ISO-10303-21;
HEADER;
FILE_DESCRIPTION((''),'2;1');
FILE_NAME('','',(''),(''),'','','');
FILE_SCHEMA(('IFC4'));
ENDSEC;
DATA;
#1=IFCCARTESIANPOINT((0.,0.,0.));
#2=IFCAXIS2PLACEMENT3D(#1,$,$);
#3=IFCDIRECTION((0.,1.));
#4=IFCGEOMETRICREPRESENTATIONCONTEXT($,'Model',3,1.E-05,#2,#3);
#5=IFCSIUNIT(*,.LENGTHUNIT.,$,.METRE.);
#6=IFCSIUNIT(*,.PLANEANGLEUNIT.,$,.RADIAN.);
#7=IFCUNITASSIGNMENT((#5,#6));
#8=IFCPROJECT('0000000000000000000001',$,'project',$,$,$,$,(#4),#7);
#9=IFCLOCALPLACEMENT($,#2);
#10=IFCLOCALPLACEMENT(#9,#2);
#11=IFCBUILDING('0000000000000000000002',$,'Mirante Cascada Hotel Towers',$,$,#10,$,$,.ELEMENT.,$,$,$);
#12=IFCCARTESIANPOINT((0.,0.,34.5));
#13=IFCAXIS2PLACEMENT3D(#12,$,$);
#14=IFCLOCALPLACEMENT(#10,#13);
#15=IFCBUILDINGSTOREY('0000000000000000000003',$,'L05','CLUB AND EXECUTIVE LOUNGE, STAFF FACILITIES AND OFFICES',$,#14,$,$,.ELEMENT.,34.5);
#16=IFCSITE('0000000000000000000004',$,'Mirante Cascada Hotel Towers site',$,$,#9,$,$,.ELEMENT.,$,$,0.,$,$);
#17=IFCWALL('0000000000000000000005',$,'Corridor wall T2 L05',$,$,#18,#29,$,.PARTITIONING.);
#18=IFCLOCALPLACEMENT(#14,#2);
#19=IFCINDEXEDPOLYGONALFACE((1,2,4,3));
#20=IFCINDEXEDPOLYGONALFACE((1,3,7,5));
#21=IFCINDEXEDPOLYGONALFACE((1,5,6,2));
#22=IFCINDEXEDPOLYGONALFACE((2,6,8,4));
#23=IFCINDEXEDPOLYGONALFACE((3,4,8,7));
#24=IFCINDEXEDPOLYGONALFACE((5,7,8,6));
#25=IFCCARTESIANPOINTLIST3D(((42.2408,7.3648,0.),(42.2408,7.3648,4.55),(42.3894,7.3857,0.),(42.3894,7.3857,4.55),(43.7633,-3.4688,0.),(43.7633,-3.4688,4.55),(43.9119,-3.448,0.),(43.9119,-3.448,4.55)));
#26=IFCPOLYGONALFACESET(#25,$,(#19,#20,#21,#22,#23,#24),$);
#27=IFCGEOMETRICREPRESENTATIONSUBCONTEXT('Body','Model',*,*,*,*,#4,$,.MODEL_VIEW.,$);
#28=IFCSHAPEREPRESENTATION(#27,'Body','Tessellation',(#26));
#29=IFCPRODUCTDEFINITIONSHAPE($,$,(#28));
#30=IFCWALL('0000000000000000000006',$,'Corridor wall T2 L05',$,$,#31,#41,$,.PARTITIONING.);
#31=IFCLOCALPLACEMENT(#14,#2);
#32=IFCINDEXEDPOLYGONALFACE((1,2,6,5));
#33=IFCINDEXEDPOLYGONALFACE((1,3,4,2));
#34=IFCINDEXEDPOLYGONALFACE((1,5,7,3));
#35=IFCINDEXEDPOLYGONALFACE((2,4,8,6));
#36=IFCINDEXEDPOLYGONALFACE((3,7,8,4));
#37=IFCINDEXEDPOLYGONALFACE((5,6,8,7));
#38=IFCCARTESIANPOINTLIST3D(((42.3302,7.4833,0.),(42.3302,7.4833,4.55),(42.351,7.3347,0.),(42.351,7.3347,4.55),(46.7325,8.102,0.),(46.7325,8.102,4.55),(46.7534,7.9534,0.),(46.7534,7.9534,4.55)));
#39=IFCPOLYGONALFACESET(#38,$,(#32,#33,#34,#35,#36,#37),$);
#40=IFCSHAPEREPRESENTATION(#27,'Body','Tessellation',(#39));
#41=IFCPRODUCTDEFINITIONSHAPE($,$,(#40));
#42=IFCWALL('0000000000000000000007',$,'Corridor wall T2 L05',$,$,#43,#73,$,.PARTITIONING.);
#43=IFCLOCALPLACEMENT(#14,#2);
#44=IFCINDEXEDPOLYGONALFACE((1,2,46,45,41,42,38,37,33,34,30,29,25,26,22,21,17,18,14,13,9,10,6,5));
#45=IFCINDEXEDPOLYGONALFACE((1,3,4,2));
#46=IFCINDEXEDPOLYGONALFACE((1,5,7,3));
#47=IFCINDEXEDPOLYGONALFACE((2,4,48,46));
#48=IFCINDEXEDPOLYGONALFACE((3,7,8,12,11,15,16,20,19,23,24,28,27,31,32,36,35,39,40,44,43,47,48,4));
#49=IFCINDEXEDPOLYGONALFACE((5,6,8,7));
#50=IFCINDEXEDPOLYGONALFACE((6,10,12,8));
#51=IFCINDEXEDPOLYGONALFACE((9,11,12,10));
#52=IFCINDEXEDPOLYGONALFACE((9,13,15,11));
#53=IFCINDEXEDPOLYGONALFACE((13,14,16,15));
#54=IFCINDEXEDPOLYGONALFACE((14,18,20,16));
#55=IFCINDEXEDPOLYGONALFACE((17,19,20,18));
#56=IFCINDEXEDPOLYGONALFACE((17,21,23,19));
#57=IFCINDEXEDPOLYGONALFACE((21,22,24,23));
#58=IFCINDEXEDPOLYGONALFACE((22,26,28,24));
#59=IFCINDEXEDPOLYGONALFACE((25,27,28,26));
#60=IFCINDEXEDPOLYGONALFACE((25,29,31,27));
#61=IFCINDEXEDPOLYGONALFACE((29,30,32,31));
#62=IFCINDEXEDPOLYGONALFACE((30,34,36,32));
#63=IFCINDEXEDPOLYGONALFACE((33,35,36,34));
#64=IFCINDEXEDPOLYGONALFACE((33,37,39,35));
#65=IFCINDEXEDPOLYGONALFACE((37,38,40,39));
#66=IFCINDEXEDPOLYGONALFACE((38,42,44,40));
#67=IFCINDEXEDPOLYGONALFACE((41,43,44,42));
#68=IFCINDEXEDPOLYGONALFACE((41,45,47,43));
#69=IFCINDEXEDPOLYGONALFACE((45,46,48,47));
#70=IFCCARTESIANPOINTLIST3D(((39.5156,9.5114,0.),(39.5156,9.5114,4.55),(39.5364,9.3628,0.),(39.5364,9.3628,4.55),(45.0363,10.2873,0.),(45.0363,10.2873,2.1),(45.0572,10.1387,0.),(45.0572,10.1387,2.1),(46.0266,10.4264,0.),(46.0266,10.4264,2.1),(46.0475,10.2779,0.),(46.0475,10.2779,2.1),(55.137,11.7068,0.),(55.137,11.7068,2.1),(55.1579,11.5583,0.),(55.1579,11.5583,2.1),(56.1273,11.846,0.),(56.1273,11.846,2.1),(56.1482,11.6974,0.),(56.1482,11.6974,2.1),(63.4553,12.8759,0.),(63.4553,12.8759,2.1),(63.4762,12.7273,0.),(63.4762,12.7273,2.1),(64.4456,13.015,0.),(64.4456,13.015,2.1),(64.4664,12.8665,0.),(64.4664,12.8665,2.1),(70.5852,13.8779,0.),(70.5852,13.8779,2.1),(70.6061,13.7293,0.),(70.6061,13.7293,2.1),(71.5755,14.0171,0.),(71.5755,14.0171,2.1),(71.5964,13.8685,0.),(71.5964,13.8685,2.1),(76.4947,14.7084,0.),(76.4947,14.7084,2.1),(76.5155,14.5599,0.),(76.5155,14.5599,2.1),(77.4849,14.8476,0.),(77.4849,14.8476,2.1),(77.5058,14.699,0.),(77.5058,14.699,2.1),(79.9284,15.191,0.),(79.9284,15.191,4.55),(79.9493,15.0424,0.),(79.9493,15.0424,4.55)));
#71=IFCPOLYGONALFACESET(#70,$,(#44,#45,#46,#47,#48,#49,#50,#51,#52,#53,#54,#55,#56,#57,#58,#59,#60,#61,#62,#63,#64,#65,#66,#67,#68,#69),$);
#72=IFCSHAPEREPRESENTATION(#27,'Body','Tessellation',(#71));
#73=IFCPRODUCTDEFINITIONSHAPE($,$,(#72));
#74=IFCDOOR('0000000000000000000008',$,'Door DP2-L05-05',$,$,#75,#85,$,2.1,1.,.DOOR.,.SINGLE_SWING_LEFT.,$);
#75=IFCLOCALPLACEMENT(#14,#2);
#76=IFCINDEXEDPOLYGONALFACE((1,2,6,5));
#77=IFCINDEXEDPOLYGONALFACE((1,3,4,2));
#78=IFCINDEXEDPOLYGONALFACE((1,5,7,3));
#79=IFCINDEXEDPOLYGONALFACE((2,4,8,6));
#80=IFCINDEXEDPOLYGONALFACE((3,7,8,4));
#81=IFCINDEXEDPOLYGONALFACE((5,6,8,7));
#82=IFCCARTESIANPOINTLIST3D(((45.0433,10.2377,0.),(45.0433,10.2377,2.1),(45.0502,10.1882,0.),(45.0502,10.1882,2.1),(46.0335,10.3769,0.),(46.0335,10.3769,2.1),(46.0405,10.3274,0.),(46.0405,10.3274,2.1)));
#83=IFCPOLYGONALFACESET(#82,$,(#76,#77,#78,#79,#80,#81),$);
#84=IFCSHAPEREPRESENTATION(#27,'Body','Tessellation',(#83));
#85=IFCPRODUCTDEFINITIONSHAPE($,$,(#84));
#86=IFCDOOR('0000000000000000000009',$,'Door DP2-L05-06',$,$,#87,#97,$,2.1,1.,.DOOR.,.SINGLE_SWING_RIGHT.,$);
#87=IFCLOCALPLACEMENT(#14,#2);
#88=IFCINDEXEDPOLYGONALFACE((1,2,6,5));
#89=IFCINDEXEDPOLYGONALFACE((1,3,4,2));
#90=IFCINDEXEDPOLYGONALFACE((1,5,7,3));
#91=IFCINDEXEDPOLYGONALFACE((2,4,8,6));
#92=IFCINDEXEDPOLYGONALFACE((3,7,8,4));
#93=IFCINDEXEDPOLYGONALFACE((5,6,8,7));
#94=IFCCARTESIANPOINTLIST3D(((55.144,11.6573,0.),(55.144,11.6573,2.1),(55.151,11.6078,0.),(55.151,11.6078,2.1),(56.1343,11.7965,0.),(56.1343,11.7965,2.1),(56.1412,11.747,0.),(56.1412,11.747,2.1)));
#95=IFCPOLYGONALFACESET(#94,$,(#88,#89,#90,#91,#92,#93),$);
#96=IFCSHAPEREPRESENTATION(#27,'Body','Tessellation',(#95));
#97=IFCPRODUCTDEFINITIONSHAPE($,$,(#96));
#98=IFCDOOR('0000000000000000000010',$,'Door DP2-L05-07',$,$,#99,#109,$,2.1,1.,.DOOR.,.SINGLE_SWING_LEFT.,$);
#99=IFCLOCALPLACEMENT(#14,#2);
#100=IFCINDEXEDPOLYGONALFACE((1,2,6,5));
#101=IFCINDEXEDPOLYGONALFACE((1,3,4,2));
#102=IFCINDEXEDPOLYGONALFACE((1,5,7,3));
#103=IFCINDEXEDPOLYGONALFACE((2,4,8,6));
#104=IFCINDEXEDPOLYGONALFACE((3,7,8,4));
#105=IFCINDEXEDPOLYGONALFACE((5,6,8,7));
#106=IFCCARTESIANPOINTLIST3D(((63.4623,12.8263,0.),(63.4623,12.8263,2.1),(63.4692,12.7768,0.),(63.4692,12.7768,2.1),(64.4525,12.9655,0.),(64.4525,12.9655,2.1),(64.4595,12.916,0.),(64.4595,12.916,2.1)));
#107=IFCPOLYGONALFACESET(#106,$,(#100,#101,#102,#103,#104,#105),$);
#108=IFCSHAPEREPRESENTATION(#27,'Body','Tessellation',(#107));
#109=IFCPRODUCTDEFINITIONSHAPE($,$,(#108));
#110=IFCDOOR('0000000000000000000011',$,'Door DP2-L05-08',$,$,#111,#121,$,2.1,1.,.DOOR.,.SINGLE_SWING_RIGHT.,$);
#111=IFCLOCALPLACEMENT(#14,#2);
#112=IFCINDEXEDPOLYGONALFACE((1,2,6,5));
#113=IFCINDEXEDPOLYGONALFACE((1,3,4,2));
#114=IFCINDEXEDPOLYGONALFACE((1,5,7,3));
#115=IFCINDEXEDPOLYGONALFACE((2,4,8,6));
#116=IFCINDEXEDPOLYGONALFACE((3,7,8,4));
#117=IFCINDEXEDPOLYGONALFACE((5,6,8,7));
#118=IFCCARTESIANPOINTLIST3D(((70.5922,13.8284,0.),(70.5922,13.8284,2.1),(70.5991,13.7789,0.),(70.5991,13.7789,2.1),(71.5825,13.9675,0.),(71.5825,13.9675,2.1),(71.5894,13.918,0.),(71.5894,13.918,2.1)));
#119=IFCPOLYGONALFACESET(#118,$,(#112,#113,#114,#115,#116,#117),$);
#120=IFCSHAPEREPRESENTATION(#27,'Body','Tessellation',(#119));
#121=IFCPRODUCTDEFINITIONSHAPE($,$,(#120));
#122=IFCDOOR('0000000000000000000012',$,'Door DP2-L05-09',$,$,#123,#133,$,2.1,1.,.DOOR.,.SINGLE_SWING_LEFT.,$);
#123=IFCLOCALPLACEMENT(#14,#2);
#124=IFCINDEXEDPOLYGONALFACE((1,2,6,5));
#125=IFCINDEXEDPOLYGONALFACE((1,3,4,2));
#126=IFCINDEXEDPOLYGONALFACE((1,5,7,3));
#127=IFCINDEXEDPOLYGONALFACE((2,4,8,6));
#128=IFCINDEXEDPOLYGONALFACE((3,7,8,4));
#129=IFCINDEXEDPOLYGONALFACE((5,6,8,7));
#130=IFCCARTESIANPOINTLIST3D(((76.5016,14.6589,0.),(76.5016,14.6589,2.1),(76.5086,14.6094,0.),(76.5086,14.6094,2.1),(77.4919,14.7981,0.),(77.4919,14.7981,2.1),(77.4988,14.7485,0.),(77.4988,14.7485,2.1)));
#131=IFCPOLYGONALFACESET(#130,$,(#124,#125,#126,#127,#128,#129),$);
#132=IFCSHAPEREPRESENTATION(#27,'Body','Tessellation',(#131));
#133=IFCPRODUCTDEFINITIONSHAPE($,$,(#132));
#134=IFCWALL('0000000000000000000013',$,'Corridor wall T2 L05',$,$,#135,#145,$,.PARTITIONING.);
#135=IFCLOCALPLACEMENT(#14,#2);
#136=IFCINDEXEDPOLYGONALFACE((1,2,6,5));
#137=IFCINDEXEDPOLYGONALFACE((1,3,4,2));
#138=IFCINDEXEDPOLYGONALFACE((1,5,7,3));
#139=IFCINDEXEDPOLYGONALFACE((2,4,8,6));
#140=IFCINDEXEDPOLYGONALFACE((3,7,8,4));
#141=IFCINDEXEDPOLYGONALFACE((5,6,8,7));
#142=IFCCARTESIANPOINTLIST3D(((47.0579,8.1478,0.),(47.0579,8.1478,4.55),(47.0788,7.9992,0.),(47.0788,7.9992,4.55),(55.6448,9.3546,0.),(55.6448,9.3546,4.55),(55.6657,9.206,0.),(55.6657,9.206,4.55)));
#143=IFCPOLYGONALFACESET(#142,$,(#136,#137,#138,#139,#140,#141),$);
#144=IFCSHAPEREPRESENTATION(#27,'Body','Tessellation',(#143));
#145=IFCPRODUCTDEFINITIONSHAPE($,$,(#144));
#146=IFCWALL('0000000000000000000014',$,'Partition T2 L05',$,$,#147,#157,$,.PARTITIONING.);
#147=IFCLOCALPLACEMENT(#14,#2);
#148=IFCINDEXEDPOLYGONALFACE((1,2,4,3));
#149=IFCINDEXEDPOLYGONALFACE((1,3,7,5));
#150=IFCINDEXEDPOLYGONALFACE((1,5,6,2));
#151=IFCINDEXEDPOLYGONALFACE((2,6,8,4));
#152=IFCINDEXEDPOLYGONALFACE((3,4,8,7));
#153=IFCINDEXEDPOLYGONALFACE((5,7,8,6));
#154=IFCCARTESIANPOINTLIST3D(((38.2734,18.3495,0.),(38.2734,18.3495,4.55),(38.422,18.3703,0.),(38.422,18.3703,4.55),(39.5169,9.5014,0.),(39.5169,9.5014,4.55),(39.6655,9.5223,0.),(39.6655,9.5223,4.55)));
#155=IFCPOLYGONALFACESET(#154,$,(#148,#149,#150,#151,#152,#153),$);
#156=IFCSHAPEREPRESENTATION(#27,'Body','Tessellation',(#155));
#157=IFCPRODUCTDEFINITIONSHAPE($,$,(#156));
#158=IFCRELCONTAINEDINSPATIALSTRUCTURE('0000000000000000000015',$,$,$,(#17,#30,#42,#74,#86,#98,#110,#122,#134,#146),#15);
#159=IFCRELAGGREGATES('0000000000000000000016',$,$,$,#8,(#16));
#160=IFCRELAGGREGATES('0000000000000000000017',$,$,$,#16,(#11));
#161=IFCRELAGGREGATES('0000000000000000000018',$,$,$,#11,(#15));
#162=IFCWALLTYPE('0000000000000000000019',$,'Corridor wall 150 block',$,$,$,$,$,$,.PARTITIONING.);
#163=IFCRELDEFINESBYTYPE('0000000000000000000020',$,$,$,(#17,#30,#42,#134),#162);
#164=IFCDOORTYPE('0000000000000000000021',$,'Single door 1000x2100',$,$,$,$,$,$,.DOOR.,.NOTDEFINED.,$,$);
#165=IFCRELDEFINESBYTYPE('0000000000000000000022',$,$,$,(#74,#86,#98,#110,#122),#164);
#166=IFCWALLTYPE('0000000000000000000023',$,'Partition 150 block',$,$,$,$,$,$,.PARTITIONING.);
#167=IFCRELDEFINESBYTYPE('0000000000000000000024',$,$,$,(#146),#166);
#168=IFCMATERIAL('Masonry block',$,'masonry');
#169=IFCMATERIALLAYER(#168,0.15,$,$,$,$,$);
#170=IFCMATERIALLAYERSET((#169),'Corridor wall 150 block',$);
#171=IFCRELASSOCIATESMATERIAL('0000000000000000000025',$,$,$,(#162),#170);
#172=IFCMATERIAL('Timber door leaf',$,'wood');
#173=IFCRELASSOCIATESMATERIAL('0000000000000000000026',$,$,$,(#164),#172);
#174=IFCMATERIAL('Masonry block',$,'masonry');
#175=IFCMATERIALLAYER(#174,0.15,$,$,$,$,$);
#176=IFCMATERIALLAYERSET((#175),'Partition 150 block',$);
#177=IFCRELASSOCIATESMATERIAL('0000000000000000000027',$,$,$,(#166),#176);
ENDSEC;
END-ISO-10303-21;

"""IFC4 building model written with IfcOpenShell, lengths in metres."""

from ifc_helpers import new_model, si_unit, direction, frame, frame_2d, origin, place, context, subcontext, project, spatial, rectangle, extrude, material, layer, layer_set, type_object, element, fill, save


model = new_model("IFC4")

# Units and contexts
model_context = context("Model", 3, precision=1e-05, world=origin(), true_north=direction((0.0, 1.0)))
body_context = subcontext(model_context, "Body", "Model", "MODEL_VIEW")
ifc_project = project(units=[si_unit("LENGTHUNIT", "METRE"), si_unit("PLANEANGLEUNIT", "RADIAN")], contexts=[model_context])

# Site, building, storey
site_placement = place(None, origin())
site = spatial("IfcSite", under=ifc_project, at=site_placement, Name="Mirante Cascada Hotel Towers site", CompositionType="ELEMENT", RefElevation=0.0)
building_placement = place(site_placement, origin())
building = spatial("IfcBuilding", under=site, at=building_placement, Name="Mirante Cascada Hotel Towers", CompositionType="ELEMENT")
storey_placement = place(building_placement, frame((0.0, 0.0, 34.5)))
storey = spatial("IfcBuildingStorey", under=building, at=storey_placement, Name="L05", Description="CLUB AND EXECUTIVE LOUNGE, STAFF FACILITIES AND OFFICES", CompositionType="ELEMENT", Elevation=34.5)

# Shared definitions
ifc_material_1 = material(Name="Masonry block", Category="masonry")
ifc_layer_1 = layer(ifc_material_1, 0.15)
ifc_layer_set_1 = layer_set([ifc_layer_1], Name="Corridor wall 150 block")
wall_type_1 = type_object("IfcWallType", Name="Corridor wall 150 block", PredefinedType="PARTITIONING", material=ifc_layer_set_1)
ifc_material_2 = material(Name="Timber door leaf", Category="wood")
door_type = type_object("IfcDoorType", Name="Single door 1000x2100", OperationType="NOTDEFINED", PredefinedType="DOOR", material=ifc_material_2)

# Walls
wall_1_placement = place(storey_placement, frame((42.3151, 7.3752, 0.0), z_axis=(0.0, 0.0, 1.0), x_axis=(0.139167, -0.990269, 0.0)))
element("IfcWall", 1, at=wall_1_placement, inside=storey, type_object=wall_type_1, Name="Corridor wall T2 L05", PredefinedType="PARTITIONING", context=body_context, shape_type="SweptSolid", body=[
    extrude(rectangle(XDim=10.9401, YDim=0.15, at=frame_2d((5.47, 0.0))), origin(), (0.0, 0.0, 1.0), 4.55),
])
wall_2_placement = place(storey_placement, frame((42.3406, 7.409, 0.0), z_axis=(0.0, 0.0, 1.0), x_axis=(0.990268, 0.139173, 0.0)))
element("IfcWall", 2, at=wall_2_placement, inside=storey, type_object=wall_type_1, Name="Corridor wall T2 L05", PredefinedType="PARTITIONING", context=body_context, shape_type="SweptSolid", body=[
    extrude(rectangle(XDim=4.4456, YDim=0.15, at=frame_2d((2.2228, 0.0))), origin(), (0.0, 0.0, 1.0), 4.55),
])

# Wall, openings, doors
wall_3_placement = place(storey_placement, frame((39.526, 9.4371, 0.0), z_axis=(0.0, 0.0, 1.0), x_axis=(0.990268, 0.139172, 0.0)))
wall_3 = element("IfcWall", 3, at=wall_3_placement, inside=storey, type_object=wall_type_1, Name="Corridor wall T2 L05", PredefinedType="PARTITIONING", context=body_context, shape_type="SweptSolid", body=[
    extrude(rectangle(XDim=40.81, YDim=0.15, at=frame_2d((20.405, 0.0))), origin(), (0.0, 0.0, 1.0), 4.55),
])
opening_1_placement = place(wall_3_placement, frame((5.575, 0.0, 0.0)))
opening_1 = element("IfcOpeningElement", 4, at=opening_1_placement, cuts=wall_3, PredefinedType="OPENING", context=body_context, shape_type="SweptSolid", body=[
    extrude(rectangle(XDim=1.0, YDim=2.1, at=frame_2d((0.5, 1.05))), frame((0.0, 0.075, 0.0), z_axis=(0.0, -1.0, 0.0), x_axis=(1.0, 0.0, 0.0)), (0.0, 0.0, 1.0), 0.15),
])
opening_2_placement = place(wall_3_placement, frame((15.775, 0.0, 0.0)))
opening_2 = element("IfcOpeningElement", 5, at=opening_2_placement, cuts=wall_3, PredefinedType="OPENING", context=body_context, shape_type="SweptSolid", body=[
    extrude(rectangle(XDim=1.0, YDim=2.1, at=frame_2d((0.5, 1.05))), frame((0.0, 0.075, 0.0), z_axis=(0.0, -1.0, 0.0), x_axis=(1.0, 0.0, 0.0)), (0.0, 0.0, 1.0), 0.15),
])
opening_3_placement = place(wall_3_placement, frame((24.175, 0.0, 0.0)))
opening_3 = element("IfcOpeningElement", 6, at=opening_3_placement, cuts=wall_3, PredefinedType="OPENING", context=body_context, shape_type="SweptSolid", body=[
    extrude(rectangle(XDim=1.0, YDim=2.1, at=frame_2d((0.5, 1.05))), frame((0.0, 0.075, 0.0), z_axis=(0.0, -1.0, 0.0), x_axis=(1.0, 0.0, 0.0)), (0.0, 0.0, 1.0), 0.15),
])
opening_4_placement = place(wall_3_placement, frame((31.375, 0.0, 0.0)))
opening_4 = element("IfcOpeningElement", 7, at=opening_4_placement, cuts=wall_3, PredefinedType="OPENING", context=body_context, shape_type="SweptSolid", body=[
    extrude(rectangle(XDim=1.0, YDim=2.1, at=frame_2d((0.5, 1.05))), frame((0.0, 0.075, 0.0), z_axis=(0.0, -1.0, 0.0), x_axis=(1.0, 0.0, 0.0)), (0.0, 0.0, 1.0), 0.15),
])
opening_5_placement = place(wall_3_placement, frame((37.3425, 0.0, 0.0)))
opening_5 = element("IfcOpeningElement", 8, at=opening_5_placement, cuts=wall_3, PredefinedType="OPENING", context=body_context, shape_type="SweptSolid", body=[
    extrude(rectangle(XDim=1.0, YDim=2.1, at=frame_2d((0.5, 1.05))), frame((0.0, 0.075, 0.0), z_axis=(0.0, -1.0, 0.0), x_axis=(1.0, 0.0, 0.0)), (0.0, 0.0, 1.0), 0.15),
])
door_1_placement = place(opening_1_placement, frame((1.0, 0.0, 0.0), z_axis=(0.0, 0.0, 1.0), x_axis=(-1.0, 0.0, 0.0)))
door_1 = element("IfcDoor", 9, at=door_1_placement, inside=storey, type_object=door_type, Name="Door DP2-L05-05", OperationType="SINGLE_SWING_LEFT", OverallHeight=2.1, OverallWidth=1.0, PredefinedType="DOOR", context=body_context, shape_type="SweptSolid", body=[
    extrude(rectangle(XDim=1.0, YDim=2.1, at=frame_2d((0.5, 1.05))), frame((0.0, 0.025, 0.0), z_axis=(0.0, -1.0, 0.0), x_axis=(1.0, 0.0, 0.0)), (0.0, 0.0, 1.0), 0.05),
])
fill(opening_1, door_1)
door_2_placement = place(opening_2_placement, origin())
door_2 = element("IfcDoor", 10, at=door_2_placement, inside=storey, type_object=door_type, Name="Door DP2-L05-06", OperationType="SINGLE_SWING_RIGHT", OverallHeight=2.1, OverallWidth=1.0, PredefinedType="DOOR", context=body_context, shape_type="SweptSolid", body=[
    extrude(rectangle(XDim=1.0, YDim=2.1, at=frame_2d((0.5, 1.05))), frame((0.0, 0.025, 0.0), z_axis=(0.0, -1.0, 0.0), x_axis=(1.0, 0.0, 0.0)), (0.0, 0.0, 1.0), 0.05),
])
fill(opening_2, door_2)
door_3_placement = place(opening_3_placement, origin())
door_3 = element("IfcDoor", 11, at=door_3_placement, inside=storey, type_object=door_type, Name="Door DP2-L05-07", OperationType="SINGLE_SWING_LEFT", OverallHeight=2.1, OverallWidth=1.0, PredefinedType="DOOR", context=body_context, shape_type="SweptSolid", body=[
    extrude(rectangle(XDim=1.0, YDim=2.1, at=frame_2d((0.5, 1.05))), frame((0.0, 0.025, 0.0), z_axis=(0.0, -1.0, 0.0), x_axis=(1.0, 0.0, 0.0)), (0.0, 0.0, 1.0), 0.05),
])
fill(opening_3, door_3)
door_4_placement = place(opening_4_placement, origin())
door_4 = element("IfcDoor", 12, at=door_4_placement, inside=storey, type_object=door_type, Name="Door DP2-L05-08", OperationType="SINGLE_SWING_RIGHT", OverallHeight=2.1, OverallWidth=1.0, PredefinedType="DOOR", context=body_context, shape_type="SweptSolid", body=[
    extrude(rectangle(XDim=1.0, YDim=2.1, at=frame_2d((0.5, 1.05))), frame((0.0, 0.025, 0.0), z_axis=(0.0, -1.0, 0.0), x_axis=(1.0, 0.0, 0.0)), (0.0, 0.0, 1.0), 0.05),
])
fill(opening_4, door_4)
door_5_placement = place(opening_5_placement, origin())
door_5 = element("IfcDoor", 13, at=door_5_placement, inside=storey, type_object=door_type, Name="Door DP2-L05-09", OperationType="SINGLE_SWING_LEFT", OverallHeight=2.1, OverallWidth=1.0, PredefinedType="DOOR", context=body_context, shape_type="SweptSolid", body=[
    extrude(rectangle(XDim=1.0, YDim=2.1, at=frame_2d((0.5, 1.05))), frame((0.0, 0.025, 0.0), z_axis=(0.0, -1.0, 0.0), x_axis=(1.0, 0.0, 0.0)), (0.0, 0.0, 1.0), 0.05),
])
fill(opening_5, door_5)

# Walls
wall_4_placement = place(storey_placement, frame((47.0684, 8.0735, 0.0), z_axis=(0.0, 0.0, 1.0), x_axis=(0.990268, 0.139172, 0.0)))
element("IfcWall", 14, at=wall_4_placement, inside=storey, type_object=wall_type_1, Name="Corridor wall T2 L05", PredefinedType="PARTITIONING", context=body_context, shape_type="SweptSolid", body=[
    extrude(rectangle(XDim=8.6713, YDim=0.15, at=frame_2d((4.3356, 0.0))), origin(), (0.0, 0.0, 1.0), 4.55),
])
ifc_material_3 = material(Name="Masonry block", Category="masonry")
ifc_layer_2 = layer(ifc_material_3, 0.15)
ifc_layer_set_2 = layer_set([ifc_layer_2], Name="Partition 150 block")
wall_type_2 = type_object("IfcWallType", Name="Partition 150 block", PredefinedType="PARTITIONING", material=ifc_layer_set_2)
wall_5_placement = place(storey_placement, frame((38.3477, 18.3599, 0.0), z_axis=(0.0, 0.0, 1.0), x_axis=(0.139173, -0.990268, 0.0)))
element("IfcWall", 15, at=wall_5_placement, inside=storey, type_object=wall_type_2, Name="Partition T2 L05", PredefinedType="PARTITIONING", context=body_context, shape_type="SweptSolid", body=[
    extrude(rectangle(XDim=8.935, YDim=0.15, at=frame_2d((4.4675, 0.0))), origin(), (0.0, 0.0, 1.0), 4.55),
])

save(model, "model.ifc")
